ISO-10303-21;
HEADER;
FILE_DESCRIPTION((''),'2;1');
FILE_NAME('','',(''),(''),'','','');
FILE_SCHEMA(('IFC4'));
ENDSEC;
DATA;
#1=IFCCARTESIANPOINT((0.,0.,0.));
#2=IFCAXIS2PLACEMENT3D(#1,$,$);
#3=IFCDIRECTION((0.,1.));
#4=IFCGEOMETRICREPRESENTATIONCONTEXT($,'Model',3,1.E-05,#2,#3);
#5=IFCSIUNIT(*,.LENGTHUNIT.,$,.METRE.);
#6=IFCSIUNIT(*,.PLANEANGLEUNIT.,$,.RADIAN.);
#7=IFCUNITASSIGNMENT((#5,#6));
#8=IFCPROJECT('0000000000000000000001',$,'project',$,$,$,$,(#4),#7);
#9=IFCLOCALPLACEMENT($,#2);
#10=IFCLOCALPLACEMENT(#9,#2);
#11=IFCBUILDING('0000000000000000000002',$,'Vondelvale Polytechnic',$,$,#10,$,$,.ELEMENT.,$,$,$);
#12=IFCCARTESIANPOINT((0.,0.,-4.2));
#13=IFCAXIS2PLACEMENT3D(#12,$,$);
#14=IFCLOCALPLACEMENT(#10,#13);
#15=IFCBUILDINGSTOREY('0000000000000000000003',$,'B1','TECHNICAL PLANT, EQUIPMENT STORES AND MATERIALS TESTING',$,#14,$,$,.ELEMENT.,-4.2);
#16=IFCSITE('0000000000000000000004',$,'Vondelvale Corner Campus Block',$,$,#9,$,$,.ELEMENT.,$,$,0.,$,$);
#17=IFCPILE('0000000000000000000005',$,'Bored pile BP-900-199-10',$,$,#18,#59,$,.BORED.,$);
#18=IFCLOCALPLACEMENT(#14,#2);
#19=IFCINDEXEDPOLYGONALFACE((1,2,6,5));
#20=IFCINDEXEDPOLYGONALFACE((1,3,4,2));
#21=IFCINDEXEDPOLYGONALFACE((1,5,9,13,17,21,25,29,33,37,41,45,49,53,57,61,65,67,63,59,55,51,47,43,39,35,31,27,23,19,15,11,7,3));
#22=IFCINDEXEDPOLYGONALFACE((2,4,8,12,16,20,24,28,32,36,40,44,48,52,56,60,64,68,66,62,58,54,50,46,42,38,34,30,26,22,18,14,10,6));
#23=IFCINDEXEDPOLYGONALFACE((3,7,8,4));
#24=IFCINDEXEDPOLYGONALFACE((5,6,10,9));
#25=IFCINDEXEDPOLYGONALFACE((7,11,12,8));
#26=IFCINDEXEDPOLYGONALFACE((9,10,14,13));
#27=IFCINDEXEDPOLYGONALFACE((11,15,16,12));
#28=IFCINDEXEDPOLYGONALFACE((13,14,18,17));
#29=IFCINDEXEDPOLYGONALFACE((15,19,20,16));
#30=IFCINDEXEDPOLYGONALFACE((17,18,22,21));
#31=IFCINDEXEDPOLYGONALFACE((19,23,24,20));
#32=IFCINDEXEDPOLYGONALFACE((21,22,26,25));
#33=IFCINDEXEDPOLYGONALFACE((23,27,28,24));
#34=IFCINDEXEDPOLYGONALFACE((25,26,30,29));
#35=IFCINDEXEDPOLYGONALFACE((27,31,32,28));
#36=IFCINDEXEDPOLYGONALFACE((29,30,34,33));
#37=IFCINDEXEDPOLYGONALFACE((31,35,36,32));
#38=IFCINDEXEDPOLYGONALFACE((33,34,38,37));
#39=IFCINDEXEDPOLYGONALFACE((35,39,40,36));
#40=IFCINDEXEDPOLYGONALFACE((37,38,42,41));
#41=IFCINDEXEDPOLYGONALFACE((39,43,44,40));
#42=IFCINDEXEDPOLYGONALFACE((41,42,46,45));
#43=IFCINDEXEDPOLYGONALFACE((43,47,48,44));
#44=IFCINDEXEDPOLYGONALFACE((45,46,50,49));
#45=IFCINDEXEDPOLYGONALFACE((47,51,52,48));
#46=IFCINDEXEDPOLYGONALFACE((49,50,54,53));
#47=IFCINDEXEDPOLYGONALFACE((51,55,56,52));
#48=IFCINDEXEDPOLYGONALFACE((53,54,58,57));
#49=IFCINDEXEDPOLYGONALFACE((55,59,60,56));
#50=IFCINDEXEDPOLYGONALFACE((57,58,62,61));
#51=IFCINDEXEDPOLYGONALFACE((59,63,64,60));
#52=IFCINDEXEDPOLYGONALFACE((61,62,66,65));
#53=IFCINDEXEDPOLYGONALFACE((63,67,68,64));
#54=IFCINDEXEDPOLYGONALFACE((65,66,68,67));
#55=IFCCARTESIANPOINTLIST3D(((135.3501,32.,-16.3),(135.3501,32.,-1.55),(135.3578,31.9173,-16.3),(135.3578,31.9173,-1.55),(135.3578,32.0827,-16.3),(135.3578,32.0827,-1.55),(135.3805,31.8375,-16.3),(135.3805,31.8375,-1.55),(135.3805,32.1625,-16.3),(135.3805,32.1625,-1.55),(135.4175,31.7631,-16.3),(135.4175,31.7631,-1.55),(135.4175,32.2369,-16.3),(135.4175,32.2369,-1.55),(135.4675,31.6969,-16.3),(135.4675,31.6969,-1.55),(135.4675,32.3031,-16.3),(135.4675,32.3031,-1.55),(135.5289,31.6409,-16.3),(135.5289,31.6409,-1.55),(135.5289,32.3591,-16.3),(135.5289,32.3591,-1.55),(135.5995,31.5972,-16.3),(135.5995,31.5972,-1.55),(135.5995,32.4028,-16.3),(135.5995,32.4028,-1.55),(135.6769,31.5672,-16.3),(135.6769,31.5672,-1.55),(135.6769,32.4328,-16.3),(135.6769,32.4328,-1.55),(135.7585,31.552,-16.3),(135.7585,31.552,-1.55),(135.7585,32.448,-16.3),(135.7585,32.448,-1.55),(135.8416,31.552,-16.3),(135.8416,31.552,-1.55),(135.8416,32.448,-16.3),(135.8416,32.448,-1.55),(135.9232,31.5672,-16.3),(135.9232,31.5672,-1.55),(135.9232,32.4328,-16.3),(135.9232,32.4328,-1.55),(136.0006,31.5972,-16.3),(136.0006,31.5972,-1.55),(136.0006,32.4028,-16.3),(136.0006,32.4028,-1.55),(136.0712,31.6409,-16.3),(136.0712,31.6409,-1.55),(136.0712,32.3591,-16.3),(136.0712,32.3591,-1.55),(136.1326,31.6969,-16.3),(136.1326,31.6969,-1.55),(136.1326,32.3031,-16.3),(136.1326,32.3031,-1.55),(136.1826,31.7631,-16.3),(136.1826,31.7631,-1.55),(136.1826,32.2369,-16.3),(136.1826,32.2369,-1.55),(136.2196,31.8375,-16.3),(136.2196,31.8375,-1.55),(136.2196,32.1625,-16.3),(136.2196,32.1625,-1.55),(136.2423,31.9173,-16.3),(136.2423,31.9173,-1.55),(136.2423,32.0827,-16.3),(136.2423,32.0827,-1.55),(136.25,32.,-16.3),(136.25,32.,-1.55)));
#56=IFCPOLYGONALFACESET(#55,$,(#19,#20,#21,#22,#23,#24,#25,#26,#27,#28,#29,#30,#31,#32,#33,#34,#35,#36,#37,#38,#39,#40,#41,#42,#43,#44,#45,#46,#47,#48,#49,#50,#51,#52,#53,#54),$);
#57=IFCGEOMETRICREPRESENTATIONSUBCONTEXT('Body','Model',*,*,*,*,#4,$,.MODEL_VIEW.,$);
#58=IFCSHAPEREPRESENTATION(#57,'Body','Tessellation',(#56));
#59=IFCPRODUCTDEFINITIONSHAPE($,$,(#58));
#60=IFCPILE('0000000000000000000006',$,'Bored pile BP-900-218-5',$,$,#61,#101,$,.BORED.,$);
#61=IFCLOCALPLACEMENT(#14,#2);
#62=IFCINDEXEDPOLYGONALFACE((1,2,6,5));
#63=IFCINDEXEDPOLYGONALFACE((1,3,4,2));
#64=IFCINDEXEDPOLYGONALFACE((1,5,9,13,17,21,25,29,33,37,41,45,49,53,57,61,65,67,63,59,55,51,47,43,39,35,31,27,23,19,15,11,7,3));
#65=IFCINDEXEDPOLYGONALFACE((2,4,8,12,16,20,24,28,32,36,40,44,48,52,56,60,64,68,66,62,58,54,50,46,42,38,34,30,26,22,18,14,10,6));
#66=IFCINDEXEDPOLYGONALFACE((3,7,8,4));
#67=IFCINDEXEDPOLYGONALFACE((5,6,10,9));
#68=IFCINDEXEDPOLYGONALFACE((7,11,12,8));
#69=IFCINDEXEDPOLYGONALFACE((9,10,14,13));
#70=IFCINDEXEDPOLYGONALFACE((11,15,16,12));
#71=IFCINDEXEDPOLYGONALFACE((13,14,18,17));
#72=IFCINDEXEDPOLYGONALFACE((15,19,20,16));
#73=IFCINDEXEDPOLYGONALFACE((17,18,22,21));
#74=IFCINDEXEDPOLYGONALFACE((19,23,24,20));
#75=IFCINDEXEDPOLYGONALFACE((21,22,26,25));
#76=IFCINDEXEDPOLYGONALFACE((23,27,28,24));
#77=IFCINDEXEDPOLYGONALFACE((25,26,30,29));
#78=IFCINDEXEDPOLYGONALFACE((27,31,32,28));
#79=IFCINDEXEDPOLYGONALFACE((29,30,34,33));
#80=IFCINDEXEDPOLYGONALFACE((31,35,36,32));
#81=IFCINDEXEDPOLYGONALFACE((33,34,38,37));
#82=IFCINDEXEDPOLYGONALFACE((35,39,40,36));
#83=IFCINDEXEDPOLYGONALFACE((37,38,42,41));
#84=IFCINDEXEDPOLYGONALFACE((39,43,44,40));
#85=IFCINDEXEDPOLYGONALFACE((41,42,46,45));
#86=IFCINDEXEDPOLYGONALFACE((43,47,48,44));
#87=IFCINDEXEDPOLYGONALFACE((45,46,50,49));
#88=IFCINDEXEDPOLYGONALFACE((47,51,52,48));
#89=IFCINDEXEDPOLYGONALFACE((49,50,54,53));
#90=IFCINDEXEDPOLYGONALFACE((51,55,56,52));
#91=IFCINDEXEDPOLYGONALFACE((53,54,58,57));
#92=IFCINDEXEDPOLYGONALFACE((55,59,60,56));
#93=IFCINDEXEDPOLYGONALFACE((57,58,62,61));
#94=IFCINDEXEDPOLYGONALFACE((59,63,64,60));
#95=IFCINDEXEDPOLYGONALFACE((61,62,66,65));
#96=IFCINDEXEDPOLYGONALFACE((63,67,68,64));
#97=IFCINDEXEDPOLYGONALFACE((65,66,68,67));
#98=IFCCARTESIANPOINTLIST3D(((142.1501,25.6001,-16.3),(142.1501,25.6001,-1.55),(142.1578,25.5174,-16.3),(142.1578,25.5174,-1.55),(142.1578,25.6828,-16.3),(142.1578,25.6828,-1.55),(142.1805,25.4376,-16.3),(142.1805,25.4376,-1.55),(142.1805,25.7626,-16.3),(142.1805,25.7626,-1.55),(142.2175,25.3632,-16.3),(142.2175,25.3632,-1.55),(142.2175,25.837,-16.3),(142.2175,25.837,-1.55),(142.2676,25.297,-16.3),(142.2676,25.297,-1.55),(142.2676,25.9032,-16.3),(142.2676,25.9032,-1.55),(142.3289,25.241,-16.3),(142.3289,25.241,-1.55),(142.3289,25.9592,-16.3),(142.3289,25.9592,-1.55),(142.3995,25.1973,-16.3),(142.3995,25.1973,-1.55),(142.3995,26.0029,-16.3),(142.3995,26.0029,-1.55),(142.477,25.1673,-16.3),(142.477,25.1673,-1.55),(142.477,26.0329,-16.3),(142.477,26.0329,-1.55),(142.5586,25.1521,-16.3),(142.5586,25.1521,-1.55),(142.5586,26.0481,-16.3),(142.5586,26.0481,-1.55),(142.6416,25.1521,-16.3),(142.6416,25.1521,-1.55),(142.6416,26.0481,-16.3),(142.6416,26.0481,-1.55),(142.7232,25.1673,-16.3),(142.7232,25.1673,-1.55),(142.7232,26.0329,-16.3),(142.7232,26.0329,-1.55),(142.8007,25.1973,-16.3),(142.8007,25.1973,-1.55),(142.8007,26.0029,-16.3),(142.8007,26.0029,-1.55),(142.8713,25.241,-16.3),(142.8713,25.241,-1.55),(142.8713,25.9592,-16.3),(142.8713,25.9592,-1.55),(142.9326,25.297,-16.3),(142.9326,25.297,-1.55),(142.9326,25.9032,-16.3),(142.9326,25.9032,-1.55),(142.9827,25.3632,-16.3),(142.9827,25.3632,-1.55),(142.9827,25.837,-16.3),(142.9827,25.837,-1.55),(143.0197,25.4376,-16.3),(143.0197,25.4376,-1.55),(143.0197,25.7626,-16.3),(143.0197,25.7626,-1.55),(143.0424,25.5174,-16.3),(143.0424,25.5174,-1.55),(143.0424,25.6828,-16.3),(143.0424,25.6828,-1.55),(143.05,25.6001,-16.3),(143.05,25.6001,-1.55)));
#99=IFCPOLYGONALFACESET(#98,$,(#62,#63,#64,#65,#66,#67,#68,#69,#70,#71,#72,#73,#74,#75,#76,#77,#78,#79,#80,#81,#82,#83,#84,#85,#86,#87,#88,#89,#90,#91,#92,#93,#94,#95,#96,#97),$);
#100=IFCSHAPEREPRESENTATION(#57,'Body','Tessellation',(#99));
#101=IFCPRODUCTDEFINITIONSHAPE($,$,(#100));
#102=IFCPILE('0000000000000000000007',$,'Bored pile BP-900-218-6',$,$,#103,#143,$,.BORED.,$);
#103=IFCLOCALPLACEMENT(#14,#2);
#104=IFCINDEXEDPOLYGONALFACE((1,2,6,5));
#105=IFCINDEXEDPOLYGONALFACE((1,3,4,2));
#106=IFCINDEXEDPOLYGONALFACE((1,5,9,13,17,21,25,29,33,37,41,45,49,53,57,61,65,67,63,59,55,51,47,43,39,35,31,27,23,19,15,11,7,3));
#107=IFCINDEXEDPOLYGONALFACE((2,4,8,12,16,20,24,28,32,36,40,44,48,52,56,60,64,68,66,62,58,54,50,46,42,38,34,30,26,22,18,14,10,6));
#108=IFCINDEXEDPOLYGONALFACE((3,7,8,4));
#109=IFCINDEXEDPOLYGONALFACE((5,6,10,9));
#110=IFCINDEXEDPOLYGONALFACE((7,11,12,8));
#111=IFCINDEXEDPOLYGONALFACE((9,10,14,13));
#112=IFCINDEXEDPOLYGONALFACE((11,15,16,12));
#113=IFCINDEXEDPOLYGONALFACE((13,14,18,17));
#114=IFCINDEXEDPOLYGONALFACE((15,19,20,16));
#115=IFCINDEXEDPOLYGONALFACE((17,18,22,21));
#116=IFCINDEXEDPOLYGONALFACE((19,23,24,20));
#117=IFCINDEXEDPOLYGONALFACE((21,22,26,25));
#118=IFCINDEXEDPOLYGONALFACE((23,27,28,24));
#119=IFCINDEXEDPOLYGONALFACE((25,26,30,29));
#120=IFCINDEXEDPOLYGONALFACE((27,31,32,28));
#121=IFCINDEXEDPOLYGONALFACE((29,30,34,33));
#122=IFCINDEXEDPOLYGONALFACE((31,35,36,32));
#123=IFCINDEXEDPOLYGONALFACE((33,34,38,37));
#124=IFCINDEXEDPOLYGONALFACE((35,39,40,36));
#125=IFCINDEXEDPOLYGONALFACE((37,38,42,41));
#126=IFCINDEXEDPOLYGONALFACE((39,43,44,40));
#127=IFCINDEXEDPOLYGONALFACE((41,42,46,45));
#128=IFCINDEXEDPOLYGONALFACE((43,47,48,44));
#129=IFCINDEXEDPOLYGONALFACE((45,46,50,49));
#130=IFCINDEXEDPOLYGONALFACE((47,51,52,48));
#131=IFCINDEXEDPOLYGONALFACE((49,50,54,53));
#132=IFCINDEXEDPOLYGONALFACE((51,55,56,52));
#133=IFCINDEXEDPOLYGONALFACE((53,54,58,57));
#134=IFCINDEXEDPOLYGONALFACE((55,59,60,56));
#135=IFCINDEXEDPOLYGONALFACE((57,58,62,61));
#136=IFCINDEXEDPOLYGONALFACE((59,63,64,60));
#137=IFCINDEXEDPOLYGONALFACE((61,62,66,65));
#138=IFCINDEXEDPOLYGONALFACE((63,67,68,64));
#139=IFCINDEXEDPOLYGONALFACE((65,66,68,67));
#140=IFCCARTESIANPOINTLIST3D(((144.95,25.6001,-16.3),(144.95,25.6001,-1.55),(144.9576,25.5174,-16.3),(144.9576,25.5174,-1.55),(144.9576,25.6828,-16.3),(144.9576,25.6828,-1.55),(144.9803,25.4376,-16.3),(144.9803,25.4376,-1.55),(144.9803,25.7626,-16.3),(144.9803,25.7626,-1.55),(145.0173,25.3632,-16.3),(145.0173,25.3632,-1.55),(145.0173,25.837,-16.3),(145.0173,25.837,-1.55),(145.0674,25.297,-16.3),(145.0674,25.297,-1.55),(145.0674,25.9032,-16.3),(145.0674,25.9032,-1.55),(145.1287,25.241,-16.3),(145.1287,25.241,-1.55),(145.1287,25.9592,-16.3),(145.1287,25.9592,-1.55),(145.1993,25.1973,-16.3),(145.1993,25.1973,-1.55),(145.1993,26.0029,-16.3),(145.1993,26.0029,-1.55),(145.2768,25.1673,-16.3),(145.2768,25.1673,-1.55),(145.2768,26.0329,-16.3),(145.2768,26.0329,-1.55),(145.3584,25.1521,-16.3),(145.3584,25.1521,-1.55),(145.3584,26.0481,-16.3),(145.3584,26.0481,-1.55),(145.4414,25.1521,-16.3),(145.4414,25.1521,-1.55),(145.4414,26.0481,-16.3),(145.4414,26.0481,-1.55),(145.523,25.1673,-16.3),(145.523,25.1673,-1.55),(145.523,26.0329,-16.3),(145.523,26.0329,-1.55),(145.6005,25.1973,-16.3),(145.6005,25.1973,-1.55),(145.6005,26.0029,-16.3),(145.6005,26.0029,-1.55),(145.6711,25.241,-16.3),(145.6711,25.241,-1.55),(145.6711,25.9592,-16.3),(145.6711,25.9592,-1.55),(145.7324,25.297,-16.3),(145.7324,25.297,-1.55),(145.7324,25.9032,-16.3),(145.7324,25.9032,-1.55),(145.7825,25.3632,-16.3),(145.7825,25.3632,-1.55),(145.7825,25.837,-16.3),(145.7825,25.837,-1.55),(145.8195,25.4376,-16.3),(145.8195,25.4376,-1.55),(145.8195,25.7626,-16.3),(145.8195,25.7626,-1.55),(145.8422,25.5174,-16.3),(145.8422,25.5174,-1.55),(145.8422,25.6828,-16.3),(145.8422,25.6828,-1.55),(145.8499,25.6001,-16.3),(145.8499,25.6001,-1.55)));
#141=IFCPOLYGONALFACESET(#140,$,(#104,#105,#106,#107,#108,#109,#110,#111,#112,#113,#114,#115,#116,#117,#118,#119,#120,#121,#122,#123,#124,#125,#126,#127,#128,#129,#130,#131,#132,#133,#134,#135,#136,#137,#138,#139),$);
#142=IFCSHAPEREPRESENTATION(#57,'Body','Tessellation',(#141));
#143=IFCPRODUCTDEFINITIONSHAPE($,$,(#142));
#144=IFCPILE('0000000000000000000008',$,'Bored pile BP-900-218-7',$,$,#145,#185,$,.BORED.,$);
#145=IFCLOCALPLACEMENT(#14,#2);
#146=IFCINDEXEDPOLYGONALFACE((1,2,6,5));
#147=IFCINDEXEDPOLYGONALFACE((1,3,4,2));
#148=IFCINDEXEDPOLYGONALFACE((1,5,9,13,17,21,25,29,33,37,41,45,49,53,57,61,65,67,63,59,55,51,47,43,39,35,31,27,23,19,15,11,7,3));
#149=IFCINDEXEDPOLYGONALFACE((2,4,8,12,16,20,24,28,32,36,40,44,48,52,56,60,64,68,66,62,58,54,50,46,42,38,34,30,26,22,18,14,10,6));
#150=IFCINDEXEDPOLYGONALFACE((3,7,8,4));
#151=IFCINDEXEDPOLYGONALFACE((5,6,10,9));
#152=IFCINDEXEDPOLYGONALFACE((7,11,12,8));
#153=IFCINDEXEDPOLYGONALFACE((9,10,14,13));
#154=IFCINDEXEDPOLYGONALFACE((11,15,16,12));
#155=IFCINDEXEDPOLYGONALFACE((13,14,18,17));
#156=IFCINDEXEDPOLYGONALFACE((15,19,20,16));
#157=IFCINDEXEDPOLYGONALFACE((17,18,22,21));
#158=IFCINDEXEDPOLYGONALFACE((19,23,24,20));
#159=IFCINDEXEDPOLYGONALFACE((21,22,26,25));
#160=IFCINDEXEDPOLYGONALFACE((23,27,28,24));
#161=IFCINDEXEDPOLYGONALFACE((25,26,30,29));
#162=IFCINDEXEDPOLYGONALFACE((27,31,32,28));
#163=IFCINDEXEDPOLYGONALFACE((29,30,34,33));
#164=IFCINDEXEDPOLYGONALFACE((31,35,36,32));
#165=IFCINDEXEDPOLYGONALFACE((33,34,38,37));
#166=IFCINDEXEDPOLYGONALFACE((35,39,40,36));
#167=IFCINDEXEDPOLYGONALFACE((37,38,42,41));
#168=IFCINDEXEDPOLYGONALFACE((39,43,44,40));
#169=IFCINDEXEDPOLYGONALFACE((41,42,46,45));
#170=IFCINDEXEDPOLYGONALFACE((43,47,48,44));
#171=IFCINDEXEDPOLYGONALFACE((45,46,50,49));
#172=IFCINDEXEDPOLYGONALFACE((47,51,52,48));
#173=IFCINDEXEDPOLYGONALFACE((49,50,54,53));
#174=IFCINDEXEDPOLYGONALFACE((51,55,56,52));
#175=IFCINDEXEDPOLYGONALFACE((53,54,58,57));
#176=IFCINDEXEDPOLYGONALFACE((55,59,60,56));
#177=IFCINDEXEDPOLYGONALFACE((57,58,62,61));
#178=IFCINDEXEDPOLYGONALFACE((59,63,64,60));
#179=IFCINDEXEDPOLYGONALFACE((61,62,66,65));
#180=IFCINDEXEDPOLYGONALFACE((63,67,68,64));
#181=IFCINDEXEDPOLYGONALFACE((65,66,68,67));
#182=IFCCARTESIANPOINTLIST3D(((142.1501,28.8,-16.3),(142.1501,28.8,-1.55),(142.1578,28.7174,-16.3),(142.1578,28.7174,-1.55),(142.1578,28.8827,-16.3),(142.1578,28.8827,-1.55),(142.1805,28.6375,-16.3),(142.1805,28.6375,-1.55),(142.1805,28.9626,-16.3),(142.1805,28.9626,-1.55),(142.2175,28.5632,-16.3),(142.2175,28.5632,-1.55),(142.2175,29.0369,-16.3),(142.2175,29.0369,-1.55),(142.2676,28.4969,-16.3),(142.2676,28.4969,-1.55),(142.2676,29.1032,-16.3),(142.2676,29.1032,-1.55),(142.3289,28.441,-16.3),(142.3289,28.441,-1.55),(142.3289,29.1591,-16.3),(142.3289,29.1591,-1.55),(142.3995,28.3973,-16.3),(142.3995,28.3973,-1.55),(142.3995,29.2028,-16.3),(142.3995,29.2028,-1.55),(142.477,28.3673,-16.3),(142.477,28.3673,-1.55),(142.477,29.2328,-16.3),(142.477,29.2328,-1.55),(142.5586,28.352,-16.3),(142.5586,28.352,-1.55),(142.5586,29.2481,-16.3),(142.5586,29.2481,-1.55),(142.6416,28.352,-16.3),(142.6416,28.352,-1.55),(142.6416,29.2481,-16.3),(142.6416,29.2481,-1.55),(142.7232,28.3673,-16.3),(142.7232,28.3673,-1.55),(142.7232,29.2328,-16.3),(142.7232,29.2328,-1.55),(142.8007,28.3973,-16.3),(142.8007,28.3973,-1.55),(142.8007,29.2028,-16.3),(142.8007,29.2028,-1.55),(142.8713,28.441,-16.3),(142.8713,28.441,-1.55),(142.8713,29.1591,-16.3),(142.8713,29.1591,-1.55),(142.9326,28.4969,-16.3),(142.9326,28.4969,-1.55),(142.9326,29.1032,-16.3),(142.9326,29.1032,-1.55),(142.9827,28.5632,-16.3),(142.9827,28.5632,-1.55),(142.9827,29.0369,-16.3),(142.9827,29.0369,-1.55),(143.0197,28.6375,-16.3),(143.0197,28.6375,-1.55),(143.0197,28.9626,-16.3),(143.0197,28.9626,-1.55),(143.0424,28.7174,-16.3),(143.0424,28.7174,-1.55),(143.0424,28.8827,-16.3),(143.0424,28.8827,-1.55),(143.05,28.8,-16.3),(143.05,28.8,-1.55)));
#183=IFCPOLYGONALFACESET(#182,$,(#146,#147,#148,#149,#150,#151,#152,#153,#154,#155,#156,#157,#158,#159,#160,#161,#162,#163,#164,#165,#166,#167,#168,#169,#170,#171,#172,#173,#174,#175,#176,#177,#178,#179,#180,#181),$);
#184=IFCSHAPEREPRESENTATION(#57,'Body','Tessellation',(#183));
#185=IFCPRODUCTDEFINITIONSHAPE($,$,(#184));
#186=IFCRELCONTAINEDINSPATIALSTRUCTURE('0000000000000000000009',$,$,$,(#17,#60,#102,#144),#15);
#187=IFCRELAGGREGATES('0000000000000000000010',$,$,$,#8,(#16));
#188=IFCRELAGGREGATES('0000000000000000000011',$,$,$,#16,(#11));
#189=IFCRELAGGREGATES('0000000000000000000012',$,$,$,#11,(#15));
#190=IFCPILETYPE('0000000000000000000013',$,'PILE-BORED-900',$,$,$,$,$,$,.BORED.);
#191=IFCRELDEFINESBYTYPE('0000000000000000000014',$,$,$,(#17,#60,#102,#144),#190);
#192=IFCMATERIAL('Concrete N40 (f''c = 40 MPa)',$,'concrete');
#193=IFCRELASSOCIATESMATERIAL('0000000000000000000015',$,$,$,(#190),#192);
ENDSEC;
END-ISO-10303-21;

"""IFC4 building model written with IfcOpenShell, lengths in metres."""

from ifc_helpers import new_model, si_unit, direction, frame, origin, origin_2d, place, context, subcontext, project, spatial, circle, extrude, material, material_profile, profile_set, type_object, element, save


model = new_model("IFC4")

# Units and contexts
model_context = context("Model", 3, precision=1e-05, world=origin(), true_north=direction((0.0, 1.0)))
body_context = subcontext(model_context, "Body", "Model", "MODEL_VIEW")
ifc_project = project(units=[si_unit("LENGTHUNIT", "METRE"), si_unit("PLANEANGLEUNIT", "RADIAN")], contexts=[model_context])

# Site, building, storey
site_placement = place(None, origin())
site = spatial("IfcSite", under=ifc_project, at=site_placement, Name="Vondelvale Corner Campus Block", CompositionType="ELEMENT", RefElevation=0.0)
building_placement = place(site_placement, origin())
building = spatial("IfcBuilding", under=site, at=building_placement, Name="Vondelvale Polytechnic", CompositionType="ELEMENT")
storey_placement = place(building_placement, frame((0.0, 0.0, -4.2)))
storey = spatial("IfcBuildingStorey", under=building, at=storey_placement, Name="B1", Description="TECHNICAL PLANT, EQUIPMENT STORES AND MATERIALS TESTING", CompositionType="ELEMENT", Elevation=-4.2)

# Shared definitions
ifc_material_1 = material(Name="Concrete N40 (f'c = 40 MPa)", Category="concrete")

# Piles
ifc_material_profile_1 = material_profile(ifc_material_1, circle(Radius=0.45, at=origin_2d()), Name="PILE-D900")
ifc_profile_set_1 = profile_set([ifc_material_profile_1], Name="Concrete N40 (f'c = 40 MPa)")
pile_type_1 = type_object("IfcPileType", Name="PILE-BORED-900", PredefinedType="BORED", material=ifc_profile_set_1)
for number, where, z_axis, x_axis, name in (
    (1, (135.8, 32.0, -1.55), (0.0, 0.0, -1.0), (1.0, 0.0, 0.0), "Bored pile BP-900-199-10"),
    (2, (142.6001, 25.6001, -1.55), (0.0, 0.0, -1.0), (1.0, 0.0, 0.0), "Bored pile BP-900-218-5"),
    (3, (145.3999, 25.6001, -1.55), (0.0, 0.0, -1.0), (1.0, 0.0, 0.0), "Bored pile BP-900-218-6"),
    (4, (142.6001, 28.8, -1.55), (0.0, 0.0, -1.0), (1.0, 0.0, 0.0), "Bored pile BP-900-218-7"),
):
    element("IfcPile", number, at=place(storey_placement, frame(where, z_axis=z_axis, x_axis=x_axis)), inside=storey, type_object=pile_type_1, Name=name, PredefinedType="BORED", context=body_context, shape_type="SweptSolid", body=[
        extrude(circle(Radius=0.45, at=origin_2d()), origin(), (0.0, 0.0, 1.0), 14.75),
    ])

save(model, "model.ifc")
